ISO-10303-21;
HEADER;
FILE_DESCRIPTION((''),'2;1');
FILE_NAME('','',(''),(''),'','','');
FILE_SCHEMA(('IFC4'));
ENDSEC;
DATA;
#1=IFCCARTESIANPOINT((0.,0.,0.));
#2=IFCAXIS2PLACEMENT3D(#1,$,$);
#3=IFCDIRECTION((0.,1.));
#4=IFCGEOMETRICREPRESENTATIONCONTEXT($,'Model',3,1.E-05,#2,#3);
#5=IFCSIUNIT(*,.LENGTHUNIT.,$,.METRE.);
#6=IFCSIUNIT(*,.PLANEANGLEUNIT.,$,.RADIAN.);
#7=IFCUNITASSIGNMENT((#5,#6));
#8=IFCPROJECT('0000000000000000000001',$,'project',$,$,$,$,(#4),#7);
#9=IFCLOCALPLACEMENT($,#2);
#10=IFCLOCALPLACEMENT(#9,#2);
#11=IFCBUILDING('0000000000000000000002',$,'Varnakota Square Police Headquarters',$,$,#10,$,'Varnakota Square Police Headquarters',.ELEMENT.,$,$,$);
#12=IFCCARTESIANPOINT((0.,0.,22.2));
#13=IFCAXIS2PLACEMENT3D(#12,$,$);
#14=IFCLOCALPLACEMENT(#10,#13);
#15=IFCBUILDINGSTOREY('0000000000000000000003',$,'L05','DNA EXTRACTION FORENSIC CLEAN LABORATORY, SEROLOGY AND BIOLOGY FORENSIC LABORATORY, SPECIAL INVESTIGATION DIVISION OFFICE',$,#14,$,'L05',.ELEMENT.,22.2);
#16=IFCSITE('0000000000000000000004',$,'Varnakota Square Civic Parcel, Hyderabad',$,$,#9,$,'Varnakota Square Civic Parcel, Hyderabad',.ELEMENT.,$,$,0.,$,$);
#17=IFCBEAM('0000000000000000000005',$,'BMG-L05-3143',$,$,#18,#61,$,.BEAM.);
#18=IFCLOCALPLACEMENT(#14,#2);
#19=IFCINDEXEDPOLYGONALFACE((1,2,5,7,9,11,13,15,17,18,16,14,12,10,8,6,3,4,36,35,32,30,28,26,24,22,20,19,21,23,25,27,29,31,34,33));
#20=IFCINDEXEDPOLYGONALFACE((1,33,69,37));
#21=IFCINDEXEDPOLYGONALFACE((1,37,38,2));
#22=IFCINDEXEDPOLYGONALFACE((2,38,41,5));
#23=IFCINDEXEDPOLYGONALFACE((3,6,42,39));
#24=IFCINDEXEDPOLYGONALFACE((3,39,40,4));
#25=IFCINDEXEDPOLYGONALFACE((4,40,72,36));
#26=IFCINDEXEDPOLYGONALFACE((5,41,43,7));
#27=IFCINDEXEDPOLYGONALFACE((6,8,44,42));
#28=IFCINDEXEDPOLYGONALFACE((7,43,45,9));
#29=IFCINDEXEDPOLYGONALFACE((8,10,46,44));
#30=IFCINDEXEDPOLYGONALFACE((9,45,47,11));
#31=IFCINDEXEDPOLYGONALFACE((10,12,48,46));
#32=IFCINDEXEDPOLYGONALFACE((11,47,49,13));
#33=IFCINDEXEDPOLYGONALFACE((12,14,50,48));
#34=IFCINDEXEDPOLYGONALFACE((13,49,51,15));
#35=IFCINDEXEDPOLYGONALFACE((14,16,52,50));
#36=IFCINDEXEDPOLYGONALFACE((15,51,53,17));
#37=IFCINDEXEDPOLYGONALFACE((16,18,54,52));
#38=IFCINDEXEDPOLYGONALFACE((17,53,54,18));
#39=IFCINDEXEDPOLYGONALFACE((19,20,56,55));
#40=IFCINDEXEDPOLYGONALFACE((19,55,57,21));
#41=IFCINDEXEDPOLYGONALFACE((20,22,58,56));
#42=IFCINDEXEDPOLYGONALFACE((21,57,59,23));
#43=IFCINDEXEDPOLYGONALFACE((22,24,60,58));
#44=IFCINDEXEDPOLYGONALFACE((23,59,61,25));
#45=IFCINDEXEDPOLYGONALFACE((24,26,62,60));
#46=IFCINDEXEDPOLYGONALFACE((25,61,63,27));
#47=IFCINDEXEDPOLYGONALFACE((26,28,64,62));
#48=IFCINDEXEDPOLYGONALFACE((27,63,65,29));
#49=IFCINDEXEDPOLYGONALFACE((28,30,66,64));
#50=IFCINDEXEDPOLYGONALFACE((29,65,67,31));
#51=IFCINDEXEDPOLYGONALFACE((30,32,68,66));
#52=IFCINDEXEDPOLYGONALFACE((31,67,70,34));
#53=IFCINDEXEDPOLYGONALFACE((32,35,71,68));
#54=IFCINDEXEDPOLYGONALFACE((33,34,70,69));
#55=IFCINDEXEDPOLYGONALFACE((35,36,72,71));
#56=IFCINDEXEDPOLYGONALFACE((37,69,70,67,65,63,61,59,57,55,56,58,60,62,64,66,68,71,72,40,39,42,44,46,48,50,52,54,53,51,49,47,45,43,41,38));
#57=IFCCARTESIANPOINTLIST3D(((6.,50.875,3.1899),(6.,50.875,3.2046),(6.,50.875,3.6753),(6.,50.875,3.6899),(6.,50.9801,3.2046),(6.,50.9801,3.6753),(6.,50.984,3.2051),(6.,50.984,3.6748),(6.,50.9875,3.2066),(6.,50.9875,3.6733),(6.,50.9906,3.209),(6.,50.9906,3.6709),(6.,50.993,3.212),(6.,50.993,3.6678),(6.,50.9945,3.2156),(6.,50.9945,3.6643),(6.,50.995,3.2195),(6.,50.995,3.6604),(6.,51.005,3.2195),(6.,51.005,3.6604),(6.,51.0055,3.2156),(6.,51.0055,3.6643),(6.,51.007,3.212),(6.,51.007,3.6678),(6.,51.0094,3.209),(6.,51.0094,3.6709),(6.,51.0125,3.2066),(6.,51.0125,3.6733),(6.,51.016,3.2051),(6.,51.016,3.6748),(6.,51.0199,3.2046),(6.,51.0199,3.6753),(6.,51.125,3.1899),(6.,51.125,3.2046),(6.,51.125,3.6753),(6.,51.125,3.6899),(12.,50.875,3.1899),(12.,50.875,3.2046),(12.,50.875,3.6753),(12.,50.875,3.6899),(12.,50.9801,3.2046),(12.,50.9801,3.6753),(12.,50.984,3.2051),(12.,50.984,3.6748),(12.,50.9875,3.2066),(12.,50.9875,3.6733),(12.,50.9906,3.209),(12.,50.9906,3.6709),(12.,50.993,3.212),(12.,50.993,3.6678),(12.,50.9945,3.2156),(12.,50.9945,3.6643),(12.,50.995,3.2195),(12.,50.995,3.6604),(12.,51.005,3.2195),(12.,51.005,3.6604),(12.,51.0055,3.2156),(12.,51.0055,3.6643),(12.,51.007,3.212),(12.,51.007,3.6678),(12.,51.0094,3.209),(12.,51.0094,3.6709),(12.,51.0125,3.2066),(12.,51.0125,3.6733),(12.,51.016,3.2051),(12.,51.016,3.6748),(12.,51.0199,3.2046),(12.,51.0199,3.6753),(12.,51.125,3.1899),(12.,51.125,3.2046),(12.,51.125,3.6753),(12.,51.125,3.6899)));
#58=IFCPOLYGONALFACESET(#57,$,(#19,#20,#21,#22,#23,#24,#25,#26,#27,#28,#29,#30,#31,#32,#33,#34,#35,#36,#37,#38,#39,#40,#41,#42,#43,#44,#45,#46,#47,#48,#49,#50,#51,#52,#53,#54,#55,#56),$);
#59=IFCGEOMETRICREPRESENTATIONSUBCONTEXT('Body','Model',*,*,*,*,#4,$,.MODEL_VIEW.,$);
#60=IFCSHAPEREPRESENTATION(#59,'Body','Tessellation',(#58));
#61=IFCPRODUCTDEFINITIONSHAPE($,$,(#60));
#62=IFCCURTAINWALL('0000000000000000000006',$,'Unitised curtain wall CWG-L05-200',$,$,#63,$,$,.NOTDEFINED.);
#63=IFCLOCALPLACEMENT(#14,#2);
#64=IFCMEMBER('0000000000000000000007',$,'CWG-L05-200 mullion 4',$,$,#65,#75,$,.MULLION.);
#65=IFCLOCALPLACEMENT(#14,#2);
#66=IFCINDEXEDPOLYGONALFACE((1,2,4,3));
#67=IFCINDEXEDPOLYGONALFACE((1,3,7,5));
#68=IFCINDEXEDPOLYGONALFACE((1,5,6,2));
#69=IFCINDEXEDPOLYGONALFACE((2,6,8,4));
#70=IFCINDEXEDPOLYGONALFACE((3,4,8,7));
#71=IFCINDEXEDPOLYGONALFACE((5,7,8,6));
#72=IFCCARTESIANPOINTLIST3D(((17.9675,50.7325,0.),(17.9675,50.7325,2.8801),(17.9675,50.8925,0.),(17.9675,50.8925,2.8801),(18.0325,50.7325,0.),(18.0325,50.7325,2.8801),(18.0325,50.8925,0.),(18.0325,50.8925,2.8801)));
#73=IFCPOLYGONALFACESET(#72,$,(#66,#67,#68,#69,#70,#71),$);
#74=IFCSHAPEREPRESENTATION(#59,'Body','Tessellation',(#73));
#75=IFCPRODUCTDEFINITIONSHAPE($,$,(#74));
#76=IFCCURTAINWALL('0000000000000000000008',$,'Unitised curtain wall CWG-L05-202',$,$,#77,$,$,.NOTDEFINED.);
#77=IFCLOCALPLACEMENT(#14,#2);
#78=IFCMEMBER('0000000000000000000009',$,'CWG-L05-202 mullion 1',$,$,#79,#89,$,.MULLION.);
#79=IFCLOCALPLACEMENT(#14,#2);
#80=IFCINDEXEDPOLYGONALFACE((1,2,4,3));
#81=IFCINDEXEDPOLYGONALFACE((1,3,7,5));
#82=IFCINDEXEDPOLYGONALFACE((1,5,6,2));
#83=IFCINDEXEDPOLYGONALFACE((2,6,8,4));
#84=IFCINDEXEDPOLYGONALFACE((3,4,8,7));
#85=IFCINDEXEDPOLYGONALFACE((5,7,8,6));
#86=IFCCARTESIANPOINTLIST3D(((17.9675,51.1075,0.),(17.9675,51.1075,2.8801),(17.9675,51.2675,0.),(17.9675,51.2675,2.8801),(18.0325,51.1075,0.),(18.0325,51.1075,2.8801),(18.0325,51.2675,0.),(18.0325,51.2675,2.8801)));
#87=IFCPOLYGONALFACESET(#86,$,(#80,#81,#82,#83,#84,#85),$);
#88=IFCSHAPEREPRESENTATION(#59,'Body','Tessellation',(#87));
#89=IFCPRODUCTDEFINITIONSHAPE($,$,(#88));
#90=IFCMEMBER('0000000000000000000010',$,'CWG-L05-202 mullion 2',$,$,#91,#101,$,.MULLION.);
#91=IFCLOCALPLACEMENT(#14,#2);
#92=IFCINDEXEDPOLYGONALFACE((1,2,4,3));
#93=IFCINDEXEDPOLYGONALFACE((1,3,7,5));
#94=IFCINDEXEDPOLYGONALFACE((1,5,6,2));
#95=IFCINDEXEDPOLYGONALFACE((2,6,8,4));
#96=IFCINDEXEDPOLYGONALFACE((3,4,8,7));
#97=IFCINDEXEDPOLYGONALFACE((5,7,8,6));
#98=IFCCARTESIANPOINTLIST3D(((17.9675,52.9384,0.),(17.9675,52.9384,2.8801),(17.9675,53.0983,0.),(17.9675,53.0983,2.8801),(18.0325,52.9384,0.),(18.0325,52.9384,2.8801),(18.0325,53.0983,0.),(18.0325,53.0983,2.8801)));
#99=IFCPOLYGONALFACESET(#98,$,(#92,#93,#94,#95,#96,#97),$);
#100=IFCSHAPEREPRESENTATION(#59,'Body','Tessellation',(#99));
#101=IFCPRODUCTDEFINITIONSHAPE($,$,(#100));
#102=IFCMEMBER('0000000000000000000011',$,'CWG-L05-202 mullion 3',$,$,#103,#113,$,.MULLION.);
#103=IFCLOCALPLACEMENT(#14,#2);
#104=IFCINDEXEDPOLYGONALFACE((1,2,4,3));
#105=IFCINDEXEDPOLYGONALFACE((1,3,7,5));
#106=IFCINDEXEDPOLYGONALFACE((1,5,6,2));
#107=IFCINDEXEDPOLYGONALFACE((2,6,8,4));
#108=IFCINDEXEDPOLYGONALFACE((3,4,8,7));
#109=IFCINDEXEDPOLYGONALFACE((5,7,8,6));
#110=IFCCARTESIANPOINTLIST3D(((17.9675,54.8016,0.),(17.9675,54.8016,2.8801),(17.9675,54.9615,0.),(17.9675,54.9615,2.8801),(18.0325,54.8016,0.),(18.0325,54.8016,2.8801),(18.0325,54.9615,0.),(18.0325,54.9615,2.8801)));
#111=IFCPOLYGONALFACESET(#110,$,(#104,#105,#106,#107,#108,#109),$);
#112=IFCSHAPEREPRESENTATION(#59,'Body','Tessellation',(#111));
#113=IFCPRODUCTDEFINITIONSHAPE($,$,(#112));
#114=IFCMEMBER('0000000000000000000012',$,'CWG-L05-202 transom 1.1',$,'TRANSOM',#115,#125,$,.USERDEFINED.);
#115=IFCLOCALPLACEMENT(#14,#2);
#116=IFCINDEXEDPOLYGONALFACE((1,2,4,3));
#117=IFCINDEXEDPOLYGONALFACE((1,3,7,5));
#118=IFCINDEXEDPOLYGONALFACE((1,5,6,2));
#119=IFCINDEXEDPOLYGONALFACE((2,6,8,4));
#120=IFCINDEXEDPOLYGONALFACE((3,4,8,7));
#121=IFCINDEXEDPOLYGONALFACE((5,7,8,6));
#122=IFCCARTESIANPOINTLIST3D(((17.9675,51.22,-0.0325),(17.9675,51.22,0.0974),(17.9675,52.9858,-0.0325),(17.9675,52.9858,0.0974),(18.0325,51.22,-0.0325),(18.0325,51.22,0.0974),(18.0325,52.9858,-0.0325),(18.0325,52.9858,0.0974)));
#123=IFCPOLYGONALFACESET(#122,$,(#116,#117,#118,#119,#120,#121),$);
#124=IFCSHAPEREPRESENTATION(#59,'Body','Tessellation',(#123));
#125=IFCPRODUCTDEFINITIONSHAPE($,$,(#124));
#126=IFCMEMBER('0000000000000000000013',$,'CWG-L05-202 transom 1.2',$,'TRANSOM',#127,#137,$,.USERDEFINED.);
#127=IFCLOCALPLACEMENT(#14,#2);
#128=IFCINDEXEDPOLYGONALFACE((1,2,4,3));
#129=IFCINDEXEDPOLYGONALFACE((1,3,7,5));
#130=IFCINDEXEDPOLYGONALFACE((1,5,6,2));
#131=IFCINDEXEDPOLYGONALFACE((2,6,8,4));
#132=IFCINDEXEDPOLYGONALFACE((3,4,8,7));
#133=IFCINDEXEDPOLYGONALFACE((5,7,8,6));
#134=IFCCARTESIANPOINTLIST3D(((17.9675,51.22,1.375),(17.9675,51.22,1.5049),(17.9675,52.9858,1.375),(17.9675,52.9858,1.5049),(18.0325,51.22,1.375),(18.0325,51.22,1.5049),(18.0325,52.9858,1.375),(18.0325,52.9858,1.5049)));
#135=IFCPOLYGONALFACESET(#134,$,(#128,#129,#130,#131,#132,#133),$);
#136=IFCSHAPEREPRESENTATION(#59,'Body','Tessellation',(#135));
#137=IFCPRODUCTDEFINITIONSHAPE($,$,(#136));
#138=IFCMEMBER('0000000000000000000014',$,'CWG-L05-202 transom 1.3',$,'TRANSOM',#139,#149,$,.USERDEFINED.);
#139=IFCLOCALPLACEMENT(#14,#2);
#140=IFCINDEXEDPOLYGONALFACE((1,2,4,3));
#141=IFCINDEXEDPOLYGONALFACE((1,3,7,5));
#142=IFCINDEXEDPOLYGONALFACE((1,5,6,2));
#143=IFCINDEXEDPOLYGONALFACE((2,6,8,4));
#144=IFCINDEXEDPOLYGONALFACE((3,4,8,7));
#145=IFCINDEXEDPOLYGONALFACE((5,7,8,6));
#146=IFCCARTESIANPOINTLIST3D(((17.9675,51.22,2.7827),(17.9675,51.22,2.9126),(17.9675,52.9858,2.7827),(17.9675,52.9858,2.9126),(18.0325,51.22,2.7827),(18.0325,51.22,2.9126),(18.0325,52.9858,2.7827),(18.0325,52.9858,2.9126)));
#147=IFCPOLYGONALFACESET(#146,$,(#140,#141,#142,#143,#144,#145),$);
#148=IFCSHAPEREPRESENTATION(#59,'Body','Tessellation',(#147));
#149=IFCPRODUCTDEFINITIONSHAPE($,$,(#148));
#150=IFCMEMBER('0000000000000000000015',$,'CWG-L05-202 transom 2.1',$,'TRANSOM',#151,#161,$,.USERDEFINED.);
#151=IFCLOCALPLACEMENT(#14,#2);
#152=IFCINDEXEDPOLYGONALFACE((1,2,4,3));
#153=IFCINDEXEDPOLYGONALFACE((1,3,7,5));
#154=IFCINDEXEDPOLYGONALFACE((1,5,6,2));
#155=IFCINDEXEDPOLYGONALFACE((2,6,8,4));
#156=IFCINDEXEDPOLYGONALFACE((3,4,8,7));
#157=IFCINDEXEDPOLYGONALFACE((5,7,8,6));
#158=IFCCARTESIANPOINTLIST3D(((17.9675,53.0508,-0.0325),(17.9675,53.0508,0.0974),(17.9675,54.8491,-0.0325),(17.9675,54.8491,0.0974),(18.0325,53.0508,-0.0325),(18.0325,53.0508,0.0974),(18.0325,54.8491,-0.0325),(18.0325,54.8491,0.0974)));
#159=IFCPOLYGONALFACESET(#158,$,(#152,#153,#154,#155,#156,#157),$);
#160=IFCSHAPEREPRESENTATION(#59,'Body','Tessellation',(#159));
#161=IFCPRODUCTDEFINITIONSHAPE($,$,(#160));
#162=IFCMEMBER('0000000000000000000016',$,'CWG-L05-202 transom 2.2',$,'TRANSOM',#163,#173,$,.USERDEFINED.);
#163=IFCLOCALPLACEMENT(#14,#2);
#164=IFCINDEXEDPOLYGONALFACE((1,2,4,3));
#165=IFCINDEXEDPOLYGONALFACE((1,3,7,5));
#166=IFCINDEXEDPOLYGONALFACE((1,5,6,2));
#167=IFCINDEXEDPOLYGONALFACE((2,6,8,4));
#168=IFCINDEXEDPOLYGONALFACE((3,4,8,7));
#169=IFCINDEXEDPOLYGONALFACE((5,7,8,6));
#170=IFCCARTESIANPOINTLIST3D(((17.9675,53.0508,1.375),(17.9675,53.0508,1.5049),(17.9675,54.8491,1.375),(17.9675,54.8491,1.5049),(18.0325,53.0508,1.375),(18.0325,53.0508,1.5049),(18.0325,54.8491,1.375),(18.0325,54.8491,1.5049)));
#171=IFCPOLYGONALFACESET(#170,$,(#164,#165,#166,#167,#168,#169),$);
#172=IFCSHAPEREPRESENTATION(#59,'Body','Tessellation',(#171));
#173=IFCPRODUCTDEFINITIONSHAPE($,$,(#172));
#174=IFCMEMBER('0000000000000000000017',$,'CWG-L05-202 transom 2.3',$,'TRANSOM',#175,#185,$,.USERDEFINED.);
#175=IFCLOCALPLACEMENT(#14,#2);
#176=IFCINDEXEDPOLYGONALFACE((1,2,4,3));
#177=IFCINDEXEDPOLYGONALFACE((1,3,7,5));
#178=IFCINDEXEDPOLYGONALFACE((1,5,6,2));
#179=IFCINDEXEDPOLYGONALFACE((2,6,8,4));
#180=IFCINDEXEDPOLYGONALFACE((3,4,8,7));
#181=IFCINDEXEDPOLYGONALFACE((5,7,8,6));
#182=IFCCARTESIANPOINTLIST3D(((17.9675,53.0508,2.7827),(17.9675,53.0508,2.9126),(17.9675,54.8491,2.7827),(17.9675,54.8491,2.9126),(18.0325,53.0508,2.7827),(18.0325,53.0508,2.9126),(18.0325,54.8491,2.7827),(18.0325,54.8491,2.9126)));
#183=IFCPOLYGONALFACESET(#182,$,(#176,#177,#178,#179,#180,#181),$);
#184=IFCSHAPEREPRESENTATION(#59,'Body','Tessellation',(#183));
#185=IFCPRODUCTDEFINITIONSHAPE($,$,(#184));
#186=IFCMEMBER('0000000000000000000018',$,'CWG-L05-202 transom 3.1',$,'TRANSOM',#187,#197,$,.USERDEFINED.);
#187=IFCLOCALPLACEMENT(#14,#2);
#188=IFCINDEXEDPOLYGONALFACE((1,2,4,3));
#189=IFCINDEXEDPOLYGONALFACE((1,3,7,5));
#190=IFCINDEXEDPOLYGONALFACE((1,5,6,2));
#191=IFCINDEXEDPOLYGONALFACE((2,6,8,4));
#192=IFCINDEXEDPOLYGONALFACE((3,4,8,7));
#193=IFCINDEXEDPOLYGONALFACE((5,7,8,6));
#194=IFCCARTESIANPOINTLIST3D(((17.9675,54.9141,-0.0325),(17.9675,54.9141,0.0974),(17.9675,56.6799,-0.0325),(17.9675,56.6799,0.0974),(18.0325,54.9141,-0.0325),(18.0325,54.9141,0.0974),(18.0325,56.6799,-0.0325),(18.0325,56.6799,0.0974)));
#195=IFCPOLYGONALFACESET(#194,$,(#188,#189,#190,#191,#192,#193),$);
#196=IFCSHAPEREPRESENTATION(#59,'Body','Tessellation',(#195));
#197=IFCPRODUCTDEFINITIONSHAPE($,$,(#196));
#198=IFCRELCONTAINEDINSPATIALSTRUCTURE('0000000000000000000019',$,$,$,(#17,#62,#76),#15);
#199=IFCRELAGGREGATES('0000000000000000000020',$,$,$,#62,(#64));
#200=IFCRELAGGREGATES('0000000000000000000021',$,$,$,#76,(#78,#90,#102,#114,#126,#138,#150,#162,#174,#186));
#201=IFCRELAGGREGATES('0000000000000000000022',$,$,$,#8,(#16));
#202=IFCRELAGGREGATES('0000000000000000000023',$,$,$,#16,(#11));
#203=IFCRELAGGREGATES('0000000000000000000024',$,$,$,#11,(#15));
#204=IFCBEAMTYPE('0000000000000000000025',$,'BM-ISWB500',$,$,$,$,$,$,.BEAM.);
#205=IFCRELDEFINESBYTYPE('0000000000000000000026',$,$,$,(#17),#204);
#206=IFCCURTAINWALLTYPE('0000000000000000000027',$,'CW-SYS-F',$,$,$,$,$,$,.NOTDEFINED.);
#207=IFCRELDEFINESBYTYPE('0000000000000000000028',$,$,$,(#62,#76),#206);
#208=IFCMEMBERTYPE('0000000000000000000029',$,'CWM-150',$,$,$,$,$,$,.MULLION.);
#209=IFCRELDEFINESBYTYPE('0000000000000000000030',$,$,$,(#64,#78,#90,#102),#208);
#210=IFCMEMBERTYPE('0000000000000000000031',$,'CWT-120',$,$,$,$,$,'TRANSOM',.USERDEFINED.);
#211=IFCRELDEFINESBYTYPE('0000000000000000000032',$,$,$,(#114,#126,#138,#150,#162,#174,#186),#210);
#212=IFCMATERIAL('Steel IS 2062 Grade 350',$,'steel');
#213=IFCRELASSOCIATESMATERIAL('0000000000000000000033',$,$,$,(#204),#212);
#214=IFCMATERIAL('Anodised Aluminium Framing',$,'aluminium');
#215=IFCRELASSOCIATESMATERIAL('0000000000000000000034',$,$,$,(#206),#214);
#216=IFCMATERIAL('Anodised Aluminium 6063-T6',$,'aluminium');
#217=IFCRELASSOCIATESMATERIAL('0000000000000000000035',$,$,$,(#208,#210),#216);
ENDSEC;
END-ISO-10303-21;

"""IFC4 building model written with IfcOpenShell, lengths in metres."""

from ifc_helpers import new_model, si_unit, direction, frame, origin, origin_2d, place, context, subcontext, project, spatial, rectangle, i_section, extrude, material, material_profile, profile_set, type_object, element, aggregate, save


model = new_model("IFC4")

# Units and contexts
model_context = context("Model", 3, precision=1e-05, world=origin(), true_north=direction((0.0, 1.0)))
body_context = subcontext(model_context, "Body", "Model", "MODEL_VIEW")
ifc_project = project(units=[si_unit("LENGTHUNIT", "METRE"), si_unit("PLANEANGLEUNIT", "RADIAN")], contexts=[model_context])

# Site, building, storey
site_placement = place(None, origin())
site = spatial("IfcSite", under=ifc_project, at=site_placement, Name="Varnakota Square Civic Parcel, Hyderabad", LongName="Varnakota Square Civic Parcel, Hyderabad", CompositionType="ELEMENT", RefElevation=0.0)
building_placement = place(site_placement, origin())
building = spatial("IfcBuilding", under=site, at=building_placement, Name="Varnakota Square Police Headquarters", LongName="Varnakota Square Police Headquarters", CompositionType="ELEMENT")
storey_placement = place(building_placement, frame((0.0, 0.0, 22.2)))
storey = spatial("IfcBuildingStorey", under=building, at=storey_placement, Name="L05", Description="DNA EXTRACTION FORENSIC CLEAN LABORATORY, SEROLOGY AND BIOLOGY FORENSIC LABORATORY, SPECIAL INVESTIGATION DIVISION OFFICE", LongName="L05", CompositionType="ELEMENT", Elevation=22.2)

# Shared definitions
ifc_material_1 = material(Name="Steel IS 2062 Grade 350", Category="steel")

# Beam
ifc_material_profile_1 = material_profile(ifc_material_1, i_section(OverallWidth=0.25, OverallDepth=0.5, WebThickness=0.01, FlangeThickness=0.0146, FilletRadius=0.0149, at=origin_2d()), Name="ISWB 500")
ifc_profile_set_1 = profile_set([ifc_material_profile_1], Name="Steel IS 2062 Grade 350")
beam_type_1 = type_object("IfcBeamType", Name="BM-ISWB500", PredefinedType="BEAM", material=ifc_profile_set_1)
beam_1_placement = place(storey_placement, frame((6.0, 51.0, 3.4399), z_axis=(1.0, 0.0, 0.0), x_axis=(0.0, 1.0, 0.0)))
element("IfcBeam", 1, at=beam_1_placement, inside=storey, type_object=beam_type_1, Name="BMG-L05-3143", PredefinedType="BEAM", context=body_context, shape_type="SweptSolid", body=[
    extrude(i_section(OverallWidth=0.25, OverallDepth=0.5, WebThickness=0.01, FlangeThickness=0.0146, FilletRadius=0.0149, at=origin_2d()), origin(), (0.0, 0.0, 1.0), 6.0),
])

# Curtain wall, member
ifc_material_2 = material(Name="Anodised Aluminium Framing", Category="aluminium")
curtain_wall_type = type_object("IfcCurtainWallType", Name="CW-SYS-F", PredefinedType="NOTDEFINED", material=ifc_material_2)
curtain_wall_1_placement = place(storey_placement, origin())
curtain_wall_1 = element("IfcCurtainWall", 2, at=curtain_wall_1_placement, inside=storey, type_object=curtain_wall_type, Name="Unitised curtain wall CWG-L05-200", PredefinedType="NOTDEFINED")
ifc_material_3 = material(Name="Anodised Aluminium 6063-T6", Category="aluminium")
ifc_material_profile_2 = material_profile(ifc_material_3, rectangle(XDim=0.0649, YDim=0.1599, at=origin_2d()), Name="ALU MULLION 65x160")
ifc_profile_set_2 = profile_set([ifc_material_profile_2], Name="Anodised Aluminium 6063-T6")
member_type_1 = type_object("IfcMemberType", Name="CWM-150", PredefinedType="MULLION", material=ifc_profile_set_2)
member_1_placement = place(storey_placement, frame((18.0, 50.8125, 0.0), z_axis=(0.0, 0.0, 1.0), x_axis=(-1.0, 0.0, 0.0)))
member_1 = element("IfcMember", 3, at=member_1_placement, type_object=member_type_1, Name="CWG-L05-200 mullion 4", PredefinedType="MULLION", context=body_context, shape_type="SweptSolid", body=[
    extrude(rectangle(XDim=0.0649, YDim=0.1599, at=origin_2d()), origin(), (0.0, 0.0, 1.0), 2.8801),
])

# Curtain wall, members
curtain_wall_2_placement = place(storey_placement, origin())
curtain_wall_2 = element("IfcCurtainWall", 4, at=curtain_wall_2_placement, inside=storey, type_object=curtain_wall_type, Name="Unitised curtain wall CWG-L05-202", PredefinedType="NOTDEFINED")
member_2_placement = place(storey_placement, frame((18.0, 51.1875, 0.0), z_axis=(0.0, 0.0, 1.0), x_axis=(-1.0, 0.0, 0.0)))
member_2 = element("IfcMember", 5, at=member_2_placement, type_object=member_type_1, Name="CWG-L05-202 mullion 1", PredefinedType="MULLION", context=body_context, shape_type="SweptSolid", body=[
    extrude(rectangle(XDim=0.0649, YDim=0.1599, at=origin_2d()), origin(), (0.0, 0.0, 1.0), 2.8801),
])
member_3_placement = place(storey_placement, frame((18.0, 53.0183, 0.0), z_axis=(0.0, 0.0, 1.0), x_axis=(-1.0, 0.0, 0.0)))
member_3 = element("IfcMember", 6, at=member_3_placement, type_object=member_type_1, Name="CWG-L05-202 mullion 2", PredefinedType="MULLION", context=body_context, shape_type="SweptSolid", body=[
    extrude(rectangle(XDim=0.0649, YDim=0.1599, at=origin_2d()), origin(), (0.0, 0.0, 1.0), 2.8801),
])
member_4_placement = place(storey_placement, frame((18.0, 54.8816, 0.0), z_axis=(0.0, 0.0, 1.0), x_axis=(-1.0, 0.0, 0.0)))
member_4 = element("IfcMember", 7, at=member_4_placement, type_object=member_type_1, Name="CWG-L05-202 mullion 3", PredefinedType="MULLION", context=body_context, shape_type="SweptSolid", body=[
    extrude(rectangle(XDim=0.0649, YDim=0.1599, at=origin_2d()), origin(), (0.0, 0.0, 1.0), 2.8801),
])
ifc_material_profile_3 = material_profile(ifc_material_3, rectangle(XDim=0.0649, YDim=0.1299, at=origin_2d()), Name="ALU TRANSOM 65x130")
ifc_profile_set_3 = profile_set([ifc_material_profile_3], Name="Anodised Aluminium 6063-T6")
member_type_2 = type_object("IfcMemberType", Name="CWT-120", ElementType="TRANSOM", PredefinedType="USERDEFINED", material=ifc_profile_set_3)
member_5_placement = place(storey_placement, frame((18.0, 51.22, 0.0325), z_axis=(0.0, 1.0, 0.0), x_axis=(-1.0, 0.0, 0.0)))
member_5 = element("IfcMember", 8, at=member_5_placement, type_object=member_type_2, Name="CWG-L05-202 transom 1.1", ObjectType="TRANSOM", PredefinedType="USERDEFINED", context=body_context, shape_type="SweptSolid", body=[
    extrude(rectangle(XDim=0.0649, YDim=0.1299, at=origin_2d()), origin(), (0.0, 0.0, 1.0), 1.7659),
])
member_6_placement = place(storey_placement, frame((18.0, 51.22, 1.4399), z_axis=(0.0, 1.0, 0.0), x_axis=(-1.0, 0.0, 0.0)))
member_6 = element("IfcMember", 9, at=member_6_placement, type_object=member_type_2, Name="CWG-L05-202 transom 1.2", ObjectType="TRANSOM", PredefinedType="USERDEFINED", context=body_context, shape_type="SweptSolid", body=[
    extrude(rectangle(XDim=0.0649, YDim=0.1299, at=origin_2d()), origin(), (0.0, 0.0, 1.0), 1.7659),
])
member_7_placement = place(storey_placement, frame((18.0, 51.22, 2.8477), z_axis=(0.0, 1.0, 0.0), x_axis=(-1.0, 0.0, 0.0)))
member_7 = element("IfcMember", 10, at=member_7_placement, type_object=member_type_2, Name="CWG-L05-202 transom 1.3", ObjectType="TRANSOM", PredefinedType="USERDEFINED", context=body_context, shape_type="SweptSolid", body=[
    extrude(rectangle(XDim=0.0649, YDim=0.1299, at=origin_2d()), origin(), (0.0, 0.0, 1.0), 1.7659),
])
member_8_placement = place(storey_placement, frame((18.0, 53.0508, 0.0325), z_axis=(0.0, 1.0, 0.0), x_axis=(-1.0, 0.0, 0.0)))
member_8 = element("IfcMember", 11, at=member_8_placement, type_object=member_type_2, Name="CWG-L05-202 transom 2.1", ObjectType="TRANSOM", PredefinedType="USERDEFINED", context=body_context, shape_type="SweptSolid", body=[
    extrude(rectangle(XDim=0.0649, YDim=0.1299, at=origin_2d()), origin(), (0.0, 0.0, 1.0), 1.7983),
])
member_9_placement = place(storey_placement, frame((18.0, 53.0508, 1.4399), z_axis=(0.0, 1.0, 0.0), x_axis=(-1.0, 0.0, 0.0)))
member_9 = element("IfcMember", 12, at=member_9_placement, type_object=member_type_2, Name="CWG-L05-202 transom 2.2", ObjectType="TRANSOM", PredefinedType="USERDEFINED", context=body_context, shape_type="SweptSolid", body=[
    extrude(rectangle(XDim=0.0649, YDim=0.1299, at=origin_2d()), origin(), (0.0, 0.0, 1.0), 1.7983),
])
member_10_placement = place(storey_placement, frame((18.0, 53.0508, 2.8477), z_axis=(0.0, 1.0, 0.0), x_axis=(-1.0, 0.0, 0.0)))
member_10 = element("IfcMember", 13, at=member_10_placement, type_object=member_type_2, Name="CWG-L05-202 transom 2.3", ObjectType="TRANSOM", PredefinedType="USERDEFINED", context=body_context, shape_type="SweptSolid", body=[
    extrude(rectangle(XDim=0.0649, YDim=0.1299, at=origin_2d()), origin(), (0.0, 0.0, 1.0), 1.7983),
])
member_11_placement = place(storey_placement, frame((18.0, 54.9141, 0.0325), z_axis=(0.0, 1.0, 0.0), x_axis=(-1.0, 0.0, 0.0)))
member_11 = element("IfcMember", 14, at=member_11_placement, type_object=member_type_2, Name="CWG-L05-202 transom 3.1", ObjectType="TRANSOM", PredefinedType="USERDEFINED", context=body_context, shape_type="SweptSolid", body=[
    extrude(rectangle(XDim=0.0649, YDim=0.1299, at=origin_2d()), origin(), (0.0, 0.0, 1.0), 1.7659),
])

aggregate(curtain_wall_1, [member_1])
aggregate(curtain_wall_2, [member_2, member_3, member_4, member_5, member_6, member_7, member_8, member_9, member_10, member_11])

save(model, "model.ifc")
